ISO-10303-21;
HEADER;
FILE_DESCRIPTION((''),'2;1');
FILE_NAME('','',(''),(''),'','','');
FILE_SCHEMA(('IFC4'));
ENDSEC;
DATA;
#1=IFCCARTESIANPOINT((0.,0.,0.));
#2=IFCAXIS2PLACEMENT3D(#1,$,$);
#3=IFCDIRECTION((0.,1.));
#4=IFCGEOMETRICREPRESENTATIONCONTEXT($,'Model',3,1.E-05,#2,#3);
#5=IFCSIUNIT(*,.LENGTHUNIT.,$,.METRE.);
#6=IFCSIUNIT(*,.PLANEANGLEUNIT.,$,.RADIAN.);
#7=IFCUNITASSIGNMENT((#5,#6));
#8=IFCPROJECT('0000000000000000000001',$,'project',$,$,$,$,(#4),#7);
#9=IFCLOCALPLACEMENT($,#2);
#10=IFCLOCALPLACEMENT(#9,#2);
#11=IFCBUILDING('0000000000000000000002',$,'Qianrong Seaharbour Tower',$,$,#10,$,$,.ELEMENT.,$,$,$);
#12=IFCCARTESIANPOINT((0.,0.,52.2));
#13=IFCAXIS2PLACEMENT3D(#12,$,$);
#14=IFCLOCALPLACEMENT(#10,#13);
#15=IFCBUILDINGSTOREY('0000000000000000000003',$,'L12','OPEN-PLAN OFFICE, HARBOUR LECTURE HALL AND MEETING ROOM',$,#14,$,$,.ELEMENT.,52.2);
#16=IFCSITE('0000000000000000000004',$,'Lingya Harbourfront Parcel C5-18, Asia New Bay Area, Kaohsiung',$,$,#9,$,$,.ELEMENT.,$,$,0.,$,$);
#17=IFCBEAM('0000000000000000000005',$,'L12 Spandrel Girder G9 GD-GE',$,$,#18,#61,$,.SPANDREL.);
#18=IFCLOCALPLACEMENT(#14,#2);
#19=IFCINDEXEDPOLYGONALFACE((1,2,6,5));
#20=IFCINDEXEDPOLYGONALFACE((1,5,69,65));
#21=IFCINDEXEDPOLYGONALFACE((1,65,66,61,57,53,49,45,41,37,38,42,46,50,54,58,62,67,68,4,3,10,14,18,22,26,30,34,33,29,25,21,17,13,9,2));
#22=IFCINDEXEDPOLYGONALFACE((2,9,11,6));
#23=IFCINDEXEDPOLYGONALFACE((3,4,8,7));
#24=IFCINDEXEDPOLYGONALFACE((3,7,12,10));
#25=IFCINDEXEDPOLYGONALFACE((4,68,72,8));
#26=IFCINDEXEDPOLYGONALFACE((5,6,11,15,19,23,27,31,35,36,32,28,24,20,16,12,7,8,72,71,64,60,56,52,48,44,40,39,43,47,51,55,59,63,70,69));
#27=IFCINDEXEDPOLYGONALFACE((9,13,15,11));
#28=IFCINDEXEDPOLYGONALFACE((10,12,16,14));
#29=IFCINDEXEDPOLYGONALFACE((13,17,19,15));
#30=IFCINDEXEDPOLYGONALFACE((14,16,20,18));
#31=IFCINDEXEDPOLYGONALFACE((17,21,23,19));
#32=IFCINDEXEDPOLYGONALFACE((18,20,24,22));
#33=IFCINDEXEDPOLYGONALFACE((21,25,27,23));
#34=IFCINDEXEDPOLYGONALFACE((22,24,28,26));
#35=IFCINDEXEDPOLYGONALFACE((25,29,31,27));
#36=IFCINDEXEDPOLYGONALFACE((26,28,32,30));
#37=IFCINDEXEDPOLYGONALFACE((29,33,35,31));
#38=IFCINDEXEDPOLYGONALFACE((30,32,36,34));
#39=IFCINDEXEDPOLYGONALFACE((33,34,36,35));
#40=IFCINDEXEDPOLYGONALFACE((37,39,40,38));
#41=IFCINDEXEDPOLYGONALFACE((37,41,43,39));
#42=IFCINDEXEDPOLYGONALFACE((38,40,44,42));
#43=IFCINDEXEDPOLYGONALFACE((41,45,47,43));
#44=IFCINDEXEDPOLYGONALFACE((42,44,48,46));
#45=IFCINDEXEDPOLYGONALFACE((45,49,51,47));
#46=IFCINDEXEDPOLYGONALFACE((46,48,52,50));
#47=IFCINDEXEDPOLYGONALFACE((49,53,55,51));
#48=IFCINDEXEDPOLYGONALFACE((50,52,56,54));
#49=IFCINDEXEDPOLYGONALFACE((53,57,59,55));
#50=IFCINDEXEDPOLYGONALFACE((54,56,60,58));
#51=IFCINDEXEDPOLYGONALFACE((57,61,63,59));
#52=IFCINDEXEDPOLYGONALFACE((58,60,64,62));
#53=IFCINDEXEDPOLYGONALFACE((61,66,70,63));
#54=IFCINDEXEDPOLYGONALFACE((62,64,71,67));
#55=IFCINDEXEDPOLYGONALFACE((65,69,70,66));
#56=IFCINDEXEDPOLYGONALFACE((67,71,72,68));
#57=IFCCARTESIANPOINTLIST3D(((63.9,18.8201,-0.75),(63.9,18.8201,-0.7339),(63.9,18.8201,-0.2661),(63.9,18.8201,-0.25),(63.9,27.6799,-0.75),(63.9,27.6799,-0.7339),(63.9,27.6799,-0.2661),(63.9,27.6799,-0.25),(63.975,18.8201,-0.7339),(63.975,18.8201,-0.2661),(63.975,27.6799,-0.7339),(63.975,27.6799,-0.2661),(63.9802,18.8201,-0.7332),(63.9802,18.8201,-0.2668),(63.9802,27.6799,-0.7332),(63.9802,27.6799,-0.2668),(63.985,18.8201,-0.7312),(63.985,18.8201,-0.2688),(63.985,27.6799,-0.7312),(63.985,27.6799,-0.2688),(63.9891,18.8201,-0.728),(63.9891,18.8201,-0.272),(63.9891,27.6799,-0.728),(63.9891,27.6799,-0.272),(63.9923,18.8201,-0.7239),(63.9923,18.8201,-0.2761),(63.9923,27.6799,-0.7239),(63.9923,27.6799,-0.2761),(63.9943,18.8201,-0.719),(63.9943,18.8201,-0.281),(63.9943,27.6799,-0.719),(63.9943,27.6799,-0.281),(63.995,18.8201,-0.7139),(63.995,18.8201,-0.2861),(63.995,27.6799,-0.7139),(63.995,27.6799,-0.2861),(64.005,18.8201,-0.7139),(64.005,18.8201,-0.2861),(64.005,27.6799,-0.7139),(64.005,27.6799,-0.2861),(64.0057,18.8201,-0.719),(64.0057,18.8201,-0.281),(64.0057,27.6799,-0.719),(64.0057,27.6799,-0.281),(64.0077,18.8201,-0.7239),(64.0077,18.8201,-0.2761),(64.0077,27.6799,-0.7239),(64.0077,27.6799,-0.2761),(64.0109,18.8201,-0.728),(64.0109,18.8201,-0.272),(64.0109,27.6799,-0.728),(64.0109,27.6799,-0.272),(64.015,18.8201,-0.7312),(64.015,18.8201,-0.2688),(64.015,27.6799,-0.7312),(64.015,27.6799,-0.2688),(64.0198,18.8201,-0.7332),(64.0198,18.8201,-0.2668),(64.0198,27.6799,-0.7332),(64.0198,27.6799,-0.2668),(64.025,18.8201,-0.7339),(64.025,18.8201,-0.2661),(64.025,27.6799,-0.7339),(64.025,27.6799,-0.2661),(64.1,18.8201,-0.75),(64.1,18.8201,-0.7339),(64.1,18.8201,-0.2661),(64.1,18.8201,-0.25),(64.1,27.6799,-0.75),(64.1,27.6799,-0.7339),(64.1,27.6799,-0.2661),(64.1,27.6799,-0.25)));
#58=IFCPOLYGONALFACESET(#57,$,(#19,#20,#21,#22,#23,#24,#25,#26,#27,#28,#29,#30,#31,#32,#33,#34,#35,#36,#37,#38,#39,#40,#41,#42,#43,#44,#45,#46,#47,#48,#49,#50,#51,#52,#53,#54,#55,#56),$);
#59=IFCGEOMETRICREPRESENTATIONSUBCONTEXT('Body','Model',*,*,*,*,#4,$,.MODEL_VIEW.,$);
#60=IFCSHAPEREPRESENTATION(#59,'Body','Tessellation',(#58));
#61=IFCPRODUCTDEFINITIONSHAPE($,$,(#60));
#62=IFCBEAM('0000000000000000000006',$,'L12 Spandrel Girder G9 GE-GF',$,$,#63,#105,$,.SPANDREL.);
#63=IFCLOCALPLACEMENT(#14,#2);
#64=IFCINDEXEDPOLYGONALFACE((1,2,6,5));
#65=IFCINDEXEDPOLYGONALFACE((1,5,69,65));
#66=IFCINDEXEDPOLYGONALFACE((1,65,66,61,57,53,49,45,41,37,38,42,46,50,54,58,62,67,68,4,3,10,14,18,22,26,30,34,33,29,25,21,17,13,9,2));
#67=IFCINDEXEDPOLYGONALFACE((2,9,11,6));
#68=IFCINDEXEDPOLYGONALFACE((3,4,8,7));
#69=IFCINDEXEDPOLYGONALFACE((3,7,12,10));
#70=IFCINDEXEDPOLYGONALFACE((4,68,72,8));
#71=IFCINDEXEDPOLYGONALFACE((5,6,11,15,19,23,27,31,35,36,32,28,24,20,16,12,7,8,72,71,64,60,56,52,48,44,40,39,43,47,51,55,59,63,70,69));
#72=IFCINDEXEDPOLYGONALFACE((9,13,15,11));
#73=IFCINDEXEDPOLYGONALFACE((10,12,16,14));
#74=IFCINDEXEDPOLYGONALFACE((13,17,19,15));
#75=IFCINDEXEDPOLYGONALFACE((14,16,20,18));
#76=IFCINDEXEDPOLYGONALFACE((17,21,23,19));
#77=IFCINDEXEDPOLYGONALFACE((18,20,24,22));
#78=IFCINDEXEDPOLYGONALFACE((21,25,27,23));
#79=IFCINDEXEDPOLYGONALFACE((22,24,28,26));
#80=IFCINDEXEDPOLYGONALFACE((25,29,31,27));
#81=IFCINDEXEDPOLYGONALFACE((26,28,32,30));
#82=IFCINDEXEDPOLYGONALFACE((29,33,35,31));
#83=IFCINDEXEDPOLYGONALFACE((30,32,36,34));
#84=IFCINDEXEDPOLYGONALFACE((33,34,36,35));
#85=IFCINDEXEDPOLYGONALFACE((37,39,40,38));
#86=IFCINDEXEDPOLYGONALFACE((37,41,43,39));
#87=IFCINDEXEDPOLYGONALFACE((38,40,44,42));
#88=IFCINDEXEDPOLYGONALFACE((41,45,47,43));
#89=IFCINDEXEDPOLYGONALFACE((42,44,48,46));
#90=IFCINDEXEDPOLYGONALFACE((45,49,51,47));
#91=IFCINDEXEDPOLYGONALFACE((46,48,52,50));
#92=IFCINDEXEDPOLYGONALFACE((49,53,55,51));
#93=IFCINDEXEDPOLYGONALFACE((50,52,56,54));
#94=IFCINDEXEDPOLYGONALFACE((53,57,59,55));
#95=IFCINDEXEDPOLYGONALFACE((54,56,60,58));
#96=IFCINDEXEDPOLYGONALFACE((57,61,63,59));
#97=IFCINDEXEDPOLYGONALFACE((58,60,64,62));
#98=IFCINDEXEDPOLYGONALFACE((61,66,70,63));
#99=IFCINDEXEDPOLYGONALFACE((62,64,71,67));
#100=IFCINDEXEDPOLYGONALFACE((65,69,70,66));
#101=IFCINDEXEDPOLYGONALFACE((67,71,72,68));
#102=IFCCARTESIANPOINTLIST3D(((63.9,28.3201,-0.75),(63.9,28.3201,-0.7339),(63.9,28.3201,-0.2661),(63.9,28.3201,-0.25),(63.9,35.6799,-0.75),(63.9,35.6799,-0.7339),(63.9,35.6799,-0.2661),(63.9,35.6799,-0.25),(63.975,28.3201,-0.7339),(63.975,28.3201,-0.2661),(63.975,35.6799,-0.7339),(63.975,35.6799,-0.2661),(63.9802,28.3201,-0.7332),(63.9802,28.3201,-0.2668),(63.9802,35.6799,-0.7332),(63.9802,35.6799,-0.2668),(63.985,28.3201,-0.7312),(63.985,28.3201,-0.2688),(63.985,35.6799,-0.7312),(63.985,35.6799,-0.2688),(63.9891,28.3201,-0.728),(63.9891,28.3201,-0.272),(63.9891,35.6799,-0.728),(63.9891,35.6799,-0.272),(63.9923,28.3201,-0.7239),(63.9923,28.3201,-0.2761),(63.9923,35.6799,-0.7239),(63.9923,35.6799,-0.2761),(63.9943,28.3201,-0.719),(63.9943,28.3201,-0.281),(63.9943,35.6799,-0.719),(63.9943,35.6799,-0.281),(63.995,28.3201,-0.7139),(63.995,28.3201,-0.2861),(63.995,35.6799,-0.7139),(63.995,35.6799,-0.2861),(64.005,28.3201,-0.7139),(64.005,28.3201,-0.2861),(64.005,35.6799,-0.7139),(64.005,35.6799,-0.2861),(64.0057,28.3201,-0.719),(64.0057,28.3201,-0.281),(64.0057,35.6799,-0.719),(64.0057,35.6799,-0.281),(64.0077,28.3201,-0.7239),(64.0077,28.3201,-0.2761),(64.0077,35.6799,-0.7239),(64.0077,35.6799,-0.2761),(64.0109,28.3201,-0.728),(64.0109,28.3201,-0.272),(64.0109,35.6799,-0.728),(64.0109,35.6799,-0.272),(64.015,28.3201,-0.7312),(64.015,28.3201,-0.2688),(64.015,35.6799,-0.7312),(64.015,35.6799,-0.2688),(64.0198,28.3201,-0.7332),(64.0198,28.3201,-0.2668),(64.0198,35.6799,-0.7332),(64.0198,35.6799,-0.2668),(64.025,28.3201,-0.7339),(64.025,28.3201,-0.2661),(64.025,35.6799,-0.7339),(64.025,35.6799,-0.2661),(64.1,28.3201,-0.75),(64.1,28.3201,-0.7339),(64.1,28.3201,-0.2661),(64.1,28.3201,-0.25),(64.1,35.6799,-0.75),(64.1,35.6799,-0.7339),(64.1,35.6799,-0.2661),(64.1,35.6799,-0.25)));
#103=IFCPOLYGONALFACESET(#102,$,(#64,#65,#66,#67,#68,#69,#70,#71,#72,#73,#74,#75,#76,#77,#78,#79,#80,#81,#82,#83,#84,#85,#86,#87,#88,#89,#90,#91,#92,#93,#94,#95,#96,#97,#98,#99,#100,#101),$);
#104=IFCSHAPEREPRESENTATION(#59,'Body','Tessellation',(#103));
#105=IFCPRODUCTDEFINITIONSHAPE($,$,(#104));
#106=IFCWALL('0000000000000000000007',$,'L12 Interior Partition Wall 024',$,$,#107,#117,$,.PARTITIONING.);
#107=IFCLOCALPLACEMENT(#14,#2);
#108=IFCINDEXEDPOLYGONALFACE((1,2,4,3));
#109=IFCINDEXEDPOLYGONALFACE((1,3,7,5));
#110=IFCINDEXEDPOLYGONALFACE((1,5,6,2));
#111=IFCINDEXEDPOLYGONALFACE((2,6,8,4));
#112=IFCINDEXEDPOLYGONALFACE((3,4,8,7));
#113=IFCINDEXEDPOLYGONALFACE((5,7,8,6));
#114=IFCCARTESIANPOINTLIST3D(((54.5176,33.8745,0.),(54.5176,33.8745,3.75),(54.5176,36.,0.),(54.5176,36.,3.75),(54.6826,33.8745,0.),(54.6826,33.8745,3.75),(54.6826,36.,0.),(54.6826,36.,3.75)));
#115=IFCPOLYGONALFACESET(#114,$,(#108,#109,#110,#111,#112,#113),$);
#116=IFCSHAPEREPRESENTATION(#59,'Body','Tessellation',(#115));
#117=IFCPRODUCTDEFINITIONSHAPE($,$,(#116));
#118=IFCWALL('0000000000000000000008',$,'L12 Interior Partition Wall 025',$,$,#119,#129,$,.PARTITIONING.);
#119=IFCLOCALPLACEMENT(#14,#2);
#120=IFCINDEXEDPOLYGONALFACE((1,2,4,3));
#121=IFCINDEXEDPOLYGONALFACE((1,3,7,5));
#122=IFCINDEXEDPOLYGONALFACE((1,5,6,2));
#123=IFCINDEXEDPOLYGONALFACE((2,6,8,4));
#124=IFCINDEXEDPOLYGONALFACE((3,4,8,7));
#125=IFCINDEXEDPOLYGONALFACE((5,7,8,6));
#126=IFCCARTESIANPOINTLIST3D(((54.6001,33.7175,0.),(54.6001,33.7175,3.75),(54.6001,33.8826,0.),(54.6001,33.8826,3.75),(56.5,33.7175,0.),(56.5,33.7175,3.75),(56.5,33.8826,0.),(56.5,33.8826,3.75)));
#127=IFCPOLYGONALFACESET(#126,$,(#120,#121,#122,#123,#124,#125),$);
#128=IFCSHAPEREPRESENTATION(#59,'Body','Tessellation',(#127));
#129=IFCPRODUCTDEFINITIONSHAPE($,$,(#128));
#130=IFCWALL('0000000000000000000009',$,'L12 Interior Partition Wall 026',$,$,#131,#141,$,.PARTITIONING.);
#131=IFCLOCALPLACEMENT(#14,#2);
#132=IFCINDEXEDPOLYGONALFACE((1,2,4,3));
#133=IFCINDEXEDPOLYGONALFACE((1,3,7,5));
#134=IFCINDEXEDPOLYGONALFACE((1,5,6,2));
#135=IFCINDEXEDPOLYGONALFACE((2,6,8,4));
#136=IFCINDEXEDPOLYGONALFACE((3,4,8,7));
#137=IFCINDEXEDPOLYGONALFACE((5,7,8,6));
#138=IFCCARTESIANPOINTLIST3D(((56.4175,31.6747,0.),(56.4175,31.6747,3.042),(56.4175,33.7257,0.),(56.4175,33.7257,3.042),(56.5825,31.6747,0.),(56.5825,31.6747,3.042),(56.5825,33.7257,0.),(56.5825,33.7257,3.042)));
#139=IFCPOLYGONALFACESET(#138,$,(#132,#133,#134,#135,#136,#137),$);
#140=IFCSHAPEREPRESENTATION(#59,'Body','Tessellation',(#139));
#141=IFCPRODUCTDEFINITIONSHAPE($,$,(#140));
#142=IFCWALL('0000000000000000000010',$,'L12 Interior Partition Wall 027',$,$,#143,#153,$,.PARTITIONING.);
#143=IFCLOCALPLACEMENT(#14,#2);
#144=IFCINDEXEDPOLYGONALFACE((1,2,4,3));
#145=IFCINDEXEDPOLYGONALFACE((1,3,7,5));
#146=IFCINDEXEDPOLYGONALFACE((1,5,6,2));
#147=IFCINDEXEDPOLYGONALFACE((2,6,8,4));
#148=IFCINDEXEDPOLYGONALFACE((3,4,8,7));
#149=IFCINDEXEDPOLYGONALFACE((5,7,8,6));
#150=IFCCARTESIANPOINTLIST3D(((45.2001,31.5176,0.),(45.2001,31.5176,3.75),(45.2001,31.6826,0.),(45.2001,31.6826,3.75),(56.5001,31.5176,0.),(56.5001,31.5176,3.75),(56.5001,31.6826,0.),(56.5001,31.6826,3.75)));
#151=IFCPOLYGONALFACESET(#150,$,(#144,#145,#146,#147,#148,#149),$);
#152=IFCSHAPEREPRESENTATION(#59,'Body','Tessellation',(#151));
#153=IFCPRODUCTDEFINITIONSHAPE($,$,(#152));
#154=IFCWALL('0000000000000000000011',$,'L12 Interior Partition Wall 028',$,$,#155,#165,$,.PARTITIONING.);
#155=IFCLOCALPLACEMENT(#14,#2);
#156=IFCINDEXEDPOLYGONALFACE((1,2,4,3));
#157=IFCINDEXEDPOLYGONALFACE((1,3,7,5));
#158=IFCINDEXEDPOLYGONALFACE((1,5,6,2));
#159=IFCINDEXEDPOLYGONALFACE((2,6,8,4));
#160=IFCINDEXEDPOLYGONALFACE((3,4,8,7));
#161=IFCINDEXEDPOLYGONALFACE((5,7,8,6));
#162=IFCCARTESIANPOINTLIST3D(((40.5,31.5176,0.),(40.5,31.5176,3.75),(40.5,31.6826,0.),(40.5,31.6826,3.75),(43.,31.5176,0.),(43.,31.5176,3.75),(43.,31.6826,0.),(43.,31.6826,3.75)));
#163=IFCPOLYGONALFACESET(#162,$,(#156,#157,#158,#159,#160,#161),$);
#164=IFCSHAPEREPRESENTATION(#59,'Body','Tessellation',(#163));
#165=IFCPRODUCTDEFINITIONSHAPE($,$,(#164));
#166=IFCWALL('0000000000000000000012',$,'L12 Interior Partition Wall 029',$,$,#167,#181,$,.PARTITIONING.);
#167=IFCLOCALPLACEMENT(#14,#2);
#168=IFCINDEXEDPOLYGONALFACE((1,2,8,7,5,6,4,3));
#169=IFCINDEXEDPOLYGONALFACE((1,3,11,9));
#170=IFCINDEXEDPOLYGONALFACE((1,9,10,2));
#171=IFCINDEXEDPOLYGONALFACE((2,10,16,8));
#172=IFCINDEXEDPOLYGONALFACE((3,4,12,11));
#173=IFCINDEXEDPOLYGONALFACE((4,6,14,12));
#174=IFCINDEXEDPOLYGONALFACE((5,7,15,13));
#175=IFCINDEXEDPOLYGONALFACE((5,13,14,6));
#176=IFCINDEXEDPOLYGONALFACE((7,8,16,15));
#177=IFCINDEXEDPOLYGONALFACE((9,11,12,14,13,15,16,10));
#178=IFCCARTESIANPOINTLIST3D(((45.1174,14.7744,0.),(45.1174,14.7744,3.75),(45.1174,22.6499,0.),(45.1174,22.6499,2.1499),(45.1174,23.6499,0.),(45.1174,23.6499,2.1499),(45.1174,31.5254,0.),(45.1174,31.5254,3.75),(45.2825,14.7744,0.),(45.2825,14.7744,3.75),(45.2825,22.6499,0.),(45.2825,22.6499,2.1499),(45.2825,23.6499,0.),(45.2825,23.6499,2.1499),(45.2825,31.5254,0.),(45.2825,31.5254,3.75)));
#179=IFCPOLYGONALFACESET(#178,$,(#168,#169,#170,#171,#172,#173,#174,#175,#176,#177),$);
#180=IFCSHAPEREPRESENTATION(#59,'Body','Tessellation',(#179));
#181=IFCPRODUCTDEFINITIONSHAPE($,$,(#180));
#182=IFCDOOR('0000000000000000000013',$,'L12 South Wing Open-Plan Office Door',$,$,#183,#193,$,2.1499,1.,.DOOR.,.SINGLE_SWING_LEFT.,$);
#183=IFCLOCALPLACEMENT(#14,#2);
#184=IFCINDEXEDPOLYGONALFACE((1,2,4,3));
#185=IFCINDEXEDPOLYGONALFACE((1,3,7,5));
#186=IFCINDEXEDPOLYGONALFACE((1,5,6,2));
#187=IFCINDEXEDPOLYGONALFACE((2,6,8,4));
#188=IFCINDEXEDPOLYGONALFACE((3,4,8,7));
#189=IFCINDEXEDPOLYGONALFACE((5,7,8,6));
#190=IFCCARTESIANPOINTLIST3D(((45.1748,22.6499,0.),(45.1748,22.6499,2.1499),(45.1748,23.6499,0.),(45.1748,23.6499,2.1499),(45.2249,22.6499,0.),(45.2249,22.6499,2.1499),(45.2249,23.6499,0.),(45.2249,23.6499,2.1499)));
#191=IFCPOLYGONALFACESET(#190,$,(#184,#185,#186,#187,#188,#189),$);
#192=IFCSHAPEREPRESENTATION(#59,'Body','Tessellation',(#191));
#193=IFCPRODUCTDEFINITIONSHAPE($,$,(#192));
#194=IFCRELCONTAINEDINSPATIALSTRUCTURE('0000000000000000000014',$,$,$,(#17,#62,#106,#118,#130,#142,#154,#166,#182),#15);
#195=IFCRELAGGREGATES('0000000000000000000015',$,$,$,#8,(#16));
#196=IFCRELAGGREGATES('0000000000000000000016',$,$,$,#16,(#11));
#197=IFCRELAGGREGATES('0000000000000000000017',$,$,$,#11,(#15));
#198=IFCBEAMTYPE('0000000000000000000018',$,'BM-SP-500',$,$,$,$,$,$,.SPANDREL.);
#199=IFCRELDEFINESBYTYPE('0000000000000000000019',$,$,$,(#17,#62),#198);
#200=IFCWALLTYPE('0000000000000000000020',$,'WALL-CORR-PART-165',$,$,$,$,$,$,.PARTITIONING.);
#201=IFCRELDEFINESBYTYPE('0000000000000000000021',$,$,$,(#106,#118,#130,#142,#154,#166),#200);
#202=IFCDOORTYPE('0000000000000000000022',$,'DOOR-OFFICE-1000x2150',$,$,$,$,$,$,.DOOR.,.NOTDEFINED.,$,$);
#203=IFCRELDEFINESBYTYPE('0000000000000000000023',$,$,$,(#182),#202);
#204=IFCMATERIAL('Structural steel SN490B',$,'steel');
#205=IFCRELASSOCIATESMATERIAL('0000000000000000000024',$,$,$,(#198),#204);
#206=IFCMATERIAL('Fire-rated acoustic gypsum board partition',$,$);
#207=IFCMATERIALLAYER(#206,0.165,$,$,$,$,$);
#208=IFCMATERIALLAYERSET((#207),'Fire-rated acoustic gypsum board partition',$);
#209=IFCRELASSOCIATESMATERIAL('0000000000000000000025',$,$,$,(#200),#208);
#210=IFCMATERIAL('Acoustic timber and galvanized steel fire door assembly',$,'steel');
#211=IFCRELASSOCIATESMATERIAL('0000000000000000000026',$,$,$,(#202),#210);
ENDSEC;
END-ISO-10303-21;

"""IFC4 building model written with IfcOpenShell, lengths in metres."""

from ifc_helpers import new_model, si_unit, direction, frame, frame_2d, origin, origin_2d, place, context, subcontext, project, spatial, rectangle, i_section, extrude, material, layer, layer_set, material_profile, profile_set, type_object, element, fill, save


model = new_model("IFC4")

# Units and contexts
model_context = context("Model", 3, precision=1e-05, world=origin(), true_north=direction((0.0, 1.0)))
body_context = subcontext(model_context, "Body", "Model", "MODEL_VIEW")
ifc_project = project(units=[si_unit("LENGTHUNIT", "METRE"), si_unit("PLANEANGLEUNIT", "RADIAN")], contexts=[model_context])

# Site, building, storey
site_placement = place(None, origin())
site = spatial("IfcSite", under=ifc_project, at=site_placement, Name="Lingya Harbourfront Parcel C5-18, Asia New Bay Area, Kaohsiung", CompositionType="ELEMENT", RefElevation=0.0)
building_placement = place(site_placement, origin())
building = spatial("IfcBuilding", under=site, at=building_placement, Name="Qianrong Seaharbour Tower", CompositionType="ELEMENT")
storey_placement = place(building_placement, frame((0.0, 0.0, 52.2)))
storey = spatial("IfcBuildingStorey", under=building, at=storey_placement, Name="L12", Description="OPEN-PLAN OFFICE, HARBOUR LECTURE HALL AND MEETING ROOM", CompositionType="ELEMENT", Elevation=52.2)

# Shared definitions
ifc_material_1 = material(Name="Structural steel SN490B", Category="steel")

# Beams
ifc_material_profile_1 = material_profile(ifc_material_1, i_section(OverallWidth=0.2, OverallDepth=0.5, WebThickness=0.01, FlangeThickness=0.0161, FilletRadius=0.02, at=origin_2d()), Name="H500x200x10x16")
ifc_profile_set_1 = profile_set([ifc_material_profile_1], Name="Structural steel SN490B")
beam_type_1 = type_object("IfcBeamType", Name="BM-SP-500", PredefinedType="SPANDREL", material=ifc_profile_set_1)
beam_1_placement = place(storey_placement, frame((64.0, 18.8201, -0.5), z_axis=(0.0, 1.0, 0.0), x_axis=(-1.0, 0.0, 0.0)))
element("IfcBeam", 1, at=beam_1_placement, inside=storey, type_object=beam_type_1, Name="L12 Spandrel Girder G9 GD-GE", PredefinedType="SPANDREL", context=body_context, shape_type="SweptSolid", body=[
    extrude(i_section(OverallWidth=0.2, OverallDepth=0.5, WebThickness=0.01, FlangeThickness=0.0161, FilletRadius=0.02, at=origin_2d()), origin(), (0.0, 0.0, 1.0), 8.8599),
])
beam_2_placement = place(storey_placement, frame((64.0, 28.3201, -0.5), z_axis=(0.0, 1.0, 0.0), x_axis=(-1.0, 0.0, 0.0)))
element("IfcBeam", 2, at=beam_2_placement, inside=storey, type_object=beam_type_1, Name="L12 Spandrel Girder G9 GE-GF", PredefinedType="SPANDREL", context=body_context, shape_type="SweptSolid", body=[
    extrude(i_section(OverallWidth=0.2, OverallDepth=0.5, WebThickness=0.01, FlangeThickness=0.0161, FilletRadius=0.02, at=origin_2d()), origin(), (0.0, 0.0, 1.0), 7.3599),
])

# Walls
ifc_material_2 = material(Name="Fire-rated acoustic gypsum board partition")
ifc_layer_1 = layer(ifc_material_2, 0.165)
ifc_layer_set_1 = layer_set([ifc_layer_1], Name="Fire-rated acoustic gypsum board partition")
wall_type_1 = type_object("IfcWallType", Name="WALL-CORR-PART-165", PredefinedType="PARTITIONING", material=ifc_layer_set_1)
wall_1_placement = place(storey_placement, frame((54.6001, 36.0, 0.0), z_axis=(0.0, 0.0, 1.0), x_axis=(0.0, -1.0, 0.0)))
element("IfcWall", 3, at=wall_1_placement, inside=storey, type_object=wall_type_1, Name="L12 Interior Partition Wall 024", PredefinedType="PARTITIONING", context=body_context, shape_type="SweptSolid", body=[
    extrude(rectangle(XDim=2.1255, YDim=0.165, at=frame_2d((1.0627, 0.0))), origin(), (0.0, 0.0, 1.0), 3.75),
])
wall_2_placement = place(storey_placement, frame((54.6001, 33.8, 0.0), z_axis=(0.0, 0.0, 1.0), x_axis=(1.0, 0.0, 0.0)))
element("IfcWall", 4, at=wall_2_placement, inside=storey, type_object=wall_type_1, Name="L12 Interior Partition Wall 025", PredefinedType="PARTITIONING", context=body_context, shape_type="SweptSolid", body=[
    extrude(rectangle(XDim=1.8999, YDim=0.165, at=frame_2d((0.95, 0.0))), origin(), (0.0, 0.0, 1.0), 3.75),
])
wall_3_placement = place(storey_placement, frame((56.5, 33.7256, 0.0), z_axis=(0.0, 0.0, 1.0), x_axis=(0.0, -1.0, 0.0)))
element("IfcWall", 5, at=wall_3_placement, inside=storey, type_object=wall_type_1, Name="L12 Interior Partition Wall 026", PredefinedType="PARTITIONING", context=body_context, shape_type="SweptSolid", body=[
    extrude(rectangle(XDim=2.051, YDim=0.165, at=frame_2d((1.0254, 0.0))), origin(), (0.0, 0.0, 1.0), 3.042),
])
wall_4_placement = place(storey_placement, frame((56.5, 31.6001, 0.0), z_axis=(0.0, 0.0, 1.0), x_axis=(-1.0, 0.0, 0.0)))
element("IfcWall", 6, at=wall_4_placement, inside=storey, type_object=wall_type_1, Name="L12 Interior Partition Wall 027", PredefinedType="PARTITIONING", context=body_context, shape_type="SweptSolid", body=[
    extrude(rectangle(XDim=11.3, YDim=0.165, at=frame_2d((5.6499, 0.0))), origin(), (0.0, 0.0, 1.0), 3.75),
])
wall_5_placement = place(storey_placement, frame((43.0, 31.6001, 0.0), z_axis=(0.0, 0.0, 1.0), x_axis=(-1.0, 0.0, 0.0)))
element("IfcWall", 7, at=wall_5_placement, inside=storey, type_object=wall_type_1, Name="L12 Interior Partition Wall 028", PredefinedType="PARTITIONING", context=body_context, shape_type="SweptSolid", body=[
    extrude(rectangle(XDim=2.5, YDim=0.165, at=frame_2d((1.25, 0.0))), origin(), (0.0, 0.0, 1.0), 3.75),
])

# Wall, opening, door
wall_6_placement = place(storey_placement, frame((45.2, 31.5254, 0.0), z_axis=(0.0, 0.0, 1.0), x_axis=(0.0, -1.0, 0.0)))
wall_6 = element("IfcWall", 8, at=wall_6_placement, inside=storey, type_object=wall_type_1, Name="L12 Interior Partition Wall 029", PredefinedType="PARTITIONING", context=body_context, shape_type="SweptSolid", body=[
    extrude(rectangle(XDim=16.751, YDim=0.165, at=frame_2d((8.3755, 0.0))), origin(), (0.0, 0.0, 1.0), 3.75),
])
opening_1_placement = place(wall_6_placement, frame((7.8755, 0.0, 0.0)))
opening_1 = element("IfcOpeningElement", 9, at=opening_1_placement, cuts=wall_6, PredefinedType="OPENING", context=body_context, shape_type="SweptSolid", body=[
    extrude(rectangle(XDim=1.0, YDim=2.1499, at=frame_2d((0.5, 1.075))), frame((0.0, 0.0925, 0.0), z_axis=(0.0, -1.0, 0.0), x_axis=(1.0, 0.0, 0.0)), (0.0, 0.0, 1.0), 0.1851),
])
ifc_material_3 = material(Name="Acoustic timber and galvanized steel fire door assembly", Category="steel")
door_type = type_object("IfcDoorType", Name="DOOR-OFFICE-1000x2150", OperationType="NOTDEFINED", PredefinedType="DOOR", material=ifc_material_3)
door_placement = place(opening_1_placement, origin())
door = element("IfcDoor", 10, at=door_placement, inside=storey, type_object=door_type, Name="L12 South Wing Open-Plan Office Door", OperationType="SINGLE_SWING_LEFT", OverallHeight=2.1499, OverallWidth=1.0, PredefinedType="DOOR", context=body_context, shape_type="SweptSolid", body=[
    extrude(rectangle(XDim=1.0, YDim=2.1499, at=frame_2d((0.5, 1.075))), frame((0.0, 0.0249, 0.0), z_axis=(0.0, -1.0, 0.0), x_axis=(1.0, 0.0, 0.0)), (0.0, 0.0, 1.0), 0.05),
])
fill(opening_1, door)

save(model, "model.ifc")
